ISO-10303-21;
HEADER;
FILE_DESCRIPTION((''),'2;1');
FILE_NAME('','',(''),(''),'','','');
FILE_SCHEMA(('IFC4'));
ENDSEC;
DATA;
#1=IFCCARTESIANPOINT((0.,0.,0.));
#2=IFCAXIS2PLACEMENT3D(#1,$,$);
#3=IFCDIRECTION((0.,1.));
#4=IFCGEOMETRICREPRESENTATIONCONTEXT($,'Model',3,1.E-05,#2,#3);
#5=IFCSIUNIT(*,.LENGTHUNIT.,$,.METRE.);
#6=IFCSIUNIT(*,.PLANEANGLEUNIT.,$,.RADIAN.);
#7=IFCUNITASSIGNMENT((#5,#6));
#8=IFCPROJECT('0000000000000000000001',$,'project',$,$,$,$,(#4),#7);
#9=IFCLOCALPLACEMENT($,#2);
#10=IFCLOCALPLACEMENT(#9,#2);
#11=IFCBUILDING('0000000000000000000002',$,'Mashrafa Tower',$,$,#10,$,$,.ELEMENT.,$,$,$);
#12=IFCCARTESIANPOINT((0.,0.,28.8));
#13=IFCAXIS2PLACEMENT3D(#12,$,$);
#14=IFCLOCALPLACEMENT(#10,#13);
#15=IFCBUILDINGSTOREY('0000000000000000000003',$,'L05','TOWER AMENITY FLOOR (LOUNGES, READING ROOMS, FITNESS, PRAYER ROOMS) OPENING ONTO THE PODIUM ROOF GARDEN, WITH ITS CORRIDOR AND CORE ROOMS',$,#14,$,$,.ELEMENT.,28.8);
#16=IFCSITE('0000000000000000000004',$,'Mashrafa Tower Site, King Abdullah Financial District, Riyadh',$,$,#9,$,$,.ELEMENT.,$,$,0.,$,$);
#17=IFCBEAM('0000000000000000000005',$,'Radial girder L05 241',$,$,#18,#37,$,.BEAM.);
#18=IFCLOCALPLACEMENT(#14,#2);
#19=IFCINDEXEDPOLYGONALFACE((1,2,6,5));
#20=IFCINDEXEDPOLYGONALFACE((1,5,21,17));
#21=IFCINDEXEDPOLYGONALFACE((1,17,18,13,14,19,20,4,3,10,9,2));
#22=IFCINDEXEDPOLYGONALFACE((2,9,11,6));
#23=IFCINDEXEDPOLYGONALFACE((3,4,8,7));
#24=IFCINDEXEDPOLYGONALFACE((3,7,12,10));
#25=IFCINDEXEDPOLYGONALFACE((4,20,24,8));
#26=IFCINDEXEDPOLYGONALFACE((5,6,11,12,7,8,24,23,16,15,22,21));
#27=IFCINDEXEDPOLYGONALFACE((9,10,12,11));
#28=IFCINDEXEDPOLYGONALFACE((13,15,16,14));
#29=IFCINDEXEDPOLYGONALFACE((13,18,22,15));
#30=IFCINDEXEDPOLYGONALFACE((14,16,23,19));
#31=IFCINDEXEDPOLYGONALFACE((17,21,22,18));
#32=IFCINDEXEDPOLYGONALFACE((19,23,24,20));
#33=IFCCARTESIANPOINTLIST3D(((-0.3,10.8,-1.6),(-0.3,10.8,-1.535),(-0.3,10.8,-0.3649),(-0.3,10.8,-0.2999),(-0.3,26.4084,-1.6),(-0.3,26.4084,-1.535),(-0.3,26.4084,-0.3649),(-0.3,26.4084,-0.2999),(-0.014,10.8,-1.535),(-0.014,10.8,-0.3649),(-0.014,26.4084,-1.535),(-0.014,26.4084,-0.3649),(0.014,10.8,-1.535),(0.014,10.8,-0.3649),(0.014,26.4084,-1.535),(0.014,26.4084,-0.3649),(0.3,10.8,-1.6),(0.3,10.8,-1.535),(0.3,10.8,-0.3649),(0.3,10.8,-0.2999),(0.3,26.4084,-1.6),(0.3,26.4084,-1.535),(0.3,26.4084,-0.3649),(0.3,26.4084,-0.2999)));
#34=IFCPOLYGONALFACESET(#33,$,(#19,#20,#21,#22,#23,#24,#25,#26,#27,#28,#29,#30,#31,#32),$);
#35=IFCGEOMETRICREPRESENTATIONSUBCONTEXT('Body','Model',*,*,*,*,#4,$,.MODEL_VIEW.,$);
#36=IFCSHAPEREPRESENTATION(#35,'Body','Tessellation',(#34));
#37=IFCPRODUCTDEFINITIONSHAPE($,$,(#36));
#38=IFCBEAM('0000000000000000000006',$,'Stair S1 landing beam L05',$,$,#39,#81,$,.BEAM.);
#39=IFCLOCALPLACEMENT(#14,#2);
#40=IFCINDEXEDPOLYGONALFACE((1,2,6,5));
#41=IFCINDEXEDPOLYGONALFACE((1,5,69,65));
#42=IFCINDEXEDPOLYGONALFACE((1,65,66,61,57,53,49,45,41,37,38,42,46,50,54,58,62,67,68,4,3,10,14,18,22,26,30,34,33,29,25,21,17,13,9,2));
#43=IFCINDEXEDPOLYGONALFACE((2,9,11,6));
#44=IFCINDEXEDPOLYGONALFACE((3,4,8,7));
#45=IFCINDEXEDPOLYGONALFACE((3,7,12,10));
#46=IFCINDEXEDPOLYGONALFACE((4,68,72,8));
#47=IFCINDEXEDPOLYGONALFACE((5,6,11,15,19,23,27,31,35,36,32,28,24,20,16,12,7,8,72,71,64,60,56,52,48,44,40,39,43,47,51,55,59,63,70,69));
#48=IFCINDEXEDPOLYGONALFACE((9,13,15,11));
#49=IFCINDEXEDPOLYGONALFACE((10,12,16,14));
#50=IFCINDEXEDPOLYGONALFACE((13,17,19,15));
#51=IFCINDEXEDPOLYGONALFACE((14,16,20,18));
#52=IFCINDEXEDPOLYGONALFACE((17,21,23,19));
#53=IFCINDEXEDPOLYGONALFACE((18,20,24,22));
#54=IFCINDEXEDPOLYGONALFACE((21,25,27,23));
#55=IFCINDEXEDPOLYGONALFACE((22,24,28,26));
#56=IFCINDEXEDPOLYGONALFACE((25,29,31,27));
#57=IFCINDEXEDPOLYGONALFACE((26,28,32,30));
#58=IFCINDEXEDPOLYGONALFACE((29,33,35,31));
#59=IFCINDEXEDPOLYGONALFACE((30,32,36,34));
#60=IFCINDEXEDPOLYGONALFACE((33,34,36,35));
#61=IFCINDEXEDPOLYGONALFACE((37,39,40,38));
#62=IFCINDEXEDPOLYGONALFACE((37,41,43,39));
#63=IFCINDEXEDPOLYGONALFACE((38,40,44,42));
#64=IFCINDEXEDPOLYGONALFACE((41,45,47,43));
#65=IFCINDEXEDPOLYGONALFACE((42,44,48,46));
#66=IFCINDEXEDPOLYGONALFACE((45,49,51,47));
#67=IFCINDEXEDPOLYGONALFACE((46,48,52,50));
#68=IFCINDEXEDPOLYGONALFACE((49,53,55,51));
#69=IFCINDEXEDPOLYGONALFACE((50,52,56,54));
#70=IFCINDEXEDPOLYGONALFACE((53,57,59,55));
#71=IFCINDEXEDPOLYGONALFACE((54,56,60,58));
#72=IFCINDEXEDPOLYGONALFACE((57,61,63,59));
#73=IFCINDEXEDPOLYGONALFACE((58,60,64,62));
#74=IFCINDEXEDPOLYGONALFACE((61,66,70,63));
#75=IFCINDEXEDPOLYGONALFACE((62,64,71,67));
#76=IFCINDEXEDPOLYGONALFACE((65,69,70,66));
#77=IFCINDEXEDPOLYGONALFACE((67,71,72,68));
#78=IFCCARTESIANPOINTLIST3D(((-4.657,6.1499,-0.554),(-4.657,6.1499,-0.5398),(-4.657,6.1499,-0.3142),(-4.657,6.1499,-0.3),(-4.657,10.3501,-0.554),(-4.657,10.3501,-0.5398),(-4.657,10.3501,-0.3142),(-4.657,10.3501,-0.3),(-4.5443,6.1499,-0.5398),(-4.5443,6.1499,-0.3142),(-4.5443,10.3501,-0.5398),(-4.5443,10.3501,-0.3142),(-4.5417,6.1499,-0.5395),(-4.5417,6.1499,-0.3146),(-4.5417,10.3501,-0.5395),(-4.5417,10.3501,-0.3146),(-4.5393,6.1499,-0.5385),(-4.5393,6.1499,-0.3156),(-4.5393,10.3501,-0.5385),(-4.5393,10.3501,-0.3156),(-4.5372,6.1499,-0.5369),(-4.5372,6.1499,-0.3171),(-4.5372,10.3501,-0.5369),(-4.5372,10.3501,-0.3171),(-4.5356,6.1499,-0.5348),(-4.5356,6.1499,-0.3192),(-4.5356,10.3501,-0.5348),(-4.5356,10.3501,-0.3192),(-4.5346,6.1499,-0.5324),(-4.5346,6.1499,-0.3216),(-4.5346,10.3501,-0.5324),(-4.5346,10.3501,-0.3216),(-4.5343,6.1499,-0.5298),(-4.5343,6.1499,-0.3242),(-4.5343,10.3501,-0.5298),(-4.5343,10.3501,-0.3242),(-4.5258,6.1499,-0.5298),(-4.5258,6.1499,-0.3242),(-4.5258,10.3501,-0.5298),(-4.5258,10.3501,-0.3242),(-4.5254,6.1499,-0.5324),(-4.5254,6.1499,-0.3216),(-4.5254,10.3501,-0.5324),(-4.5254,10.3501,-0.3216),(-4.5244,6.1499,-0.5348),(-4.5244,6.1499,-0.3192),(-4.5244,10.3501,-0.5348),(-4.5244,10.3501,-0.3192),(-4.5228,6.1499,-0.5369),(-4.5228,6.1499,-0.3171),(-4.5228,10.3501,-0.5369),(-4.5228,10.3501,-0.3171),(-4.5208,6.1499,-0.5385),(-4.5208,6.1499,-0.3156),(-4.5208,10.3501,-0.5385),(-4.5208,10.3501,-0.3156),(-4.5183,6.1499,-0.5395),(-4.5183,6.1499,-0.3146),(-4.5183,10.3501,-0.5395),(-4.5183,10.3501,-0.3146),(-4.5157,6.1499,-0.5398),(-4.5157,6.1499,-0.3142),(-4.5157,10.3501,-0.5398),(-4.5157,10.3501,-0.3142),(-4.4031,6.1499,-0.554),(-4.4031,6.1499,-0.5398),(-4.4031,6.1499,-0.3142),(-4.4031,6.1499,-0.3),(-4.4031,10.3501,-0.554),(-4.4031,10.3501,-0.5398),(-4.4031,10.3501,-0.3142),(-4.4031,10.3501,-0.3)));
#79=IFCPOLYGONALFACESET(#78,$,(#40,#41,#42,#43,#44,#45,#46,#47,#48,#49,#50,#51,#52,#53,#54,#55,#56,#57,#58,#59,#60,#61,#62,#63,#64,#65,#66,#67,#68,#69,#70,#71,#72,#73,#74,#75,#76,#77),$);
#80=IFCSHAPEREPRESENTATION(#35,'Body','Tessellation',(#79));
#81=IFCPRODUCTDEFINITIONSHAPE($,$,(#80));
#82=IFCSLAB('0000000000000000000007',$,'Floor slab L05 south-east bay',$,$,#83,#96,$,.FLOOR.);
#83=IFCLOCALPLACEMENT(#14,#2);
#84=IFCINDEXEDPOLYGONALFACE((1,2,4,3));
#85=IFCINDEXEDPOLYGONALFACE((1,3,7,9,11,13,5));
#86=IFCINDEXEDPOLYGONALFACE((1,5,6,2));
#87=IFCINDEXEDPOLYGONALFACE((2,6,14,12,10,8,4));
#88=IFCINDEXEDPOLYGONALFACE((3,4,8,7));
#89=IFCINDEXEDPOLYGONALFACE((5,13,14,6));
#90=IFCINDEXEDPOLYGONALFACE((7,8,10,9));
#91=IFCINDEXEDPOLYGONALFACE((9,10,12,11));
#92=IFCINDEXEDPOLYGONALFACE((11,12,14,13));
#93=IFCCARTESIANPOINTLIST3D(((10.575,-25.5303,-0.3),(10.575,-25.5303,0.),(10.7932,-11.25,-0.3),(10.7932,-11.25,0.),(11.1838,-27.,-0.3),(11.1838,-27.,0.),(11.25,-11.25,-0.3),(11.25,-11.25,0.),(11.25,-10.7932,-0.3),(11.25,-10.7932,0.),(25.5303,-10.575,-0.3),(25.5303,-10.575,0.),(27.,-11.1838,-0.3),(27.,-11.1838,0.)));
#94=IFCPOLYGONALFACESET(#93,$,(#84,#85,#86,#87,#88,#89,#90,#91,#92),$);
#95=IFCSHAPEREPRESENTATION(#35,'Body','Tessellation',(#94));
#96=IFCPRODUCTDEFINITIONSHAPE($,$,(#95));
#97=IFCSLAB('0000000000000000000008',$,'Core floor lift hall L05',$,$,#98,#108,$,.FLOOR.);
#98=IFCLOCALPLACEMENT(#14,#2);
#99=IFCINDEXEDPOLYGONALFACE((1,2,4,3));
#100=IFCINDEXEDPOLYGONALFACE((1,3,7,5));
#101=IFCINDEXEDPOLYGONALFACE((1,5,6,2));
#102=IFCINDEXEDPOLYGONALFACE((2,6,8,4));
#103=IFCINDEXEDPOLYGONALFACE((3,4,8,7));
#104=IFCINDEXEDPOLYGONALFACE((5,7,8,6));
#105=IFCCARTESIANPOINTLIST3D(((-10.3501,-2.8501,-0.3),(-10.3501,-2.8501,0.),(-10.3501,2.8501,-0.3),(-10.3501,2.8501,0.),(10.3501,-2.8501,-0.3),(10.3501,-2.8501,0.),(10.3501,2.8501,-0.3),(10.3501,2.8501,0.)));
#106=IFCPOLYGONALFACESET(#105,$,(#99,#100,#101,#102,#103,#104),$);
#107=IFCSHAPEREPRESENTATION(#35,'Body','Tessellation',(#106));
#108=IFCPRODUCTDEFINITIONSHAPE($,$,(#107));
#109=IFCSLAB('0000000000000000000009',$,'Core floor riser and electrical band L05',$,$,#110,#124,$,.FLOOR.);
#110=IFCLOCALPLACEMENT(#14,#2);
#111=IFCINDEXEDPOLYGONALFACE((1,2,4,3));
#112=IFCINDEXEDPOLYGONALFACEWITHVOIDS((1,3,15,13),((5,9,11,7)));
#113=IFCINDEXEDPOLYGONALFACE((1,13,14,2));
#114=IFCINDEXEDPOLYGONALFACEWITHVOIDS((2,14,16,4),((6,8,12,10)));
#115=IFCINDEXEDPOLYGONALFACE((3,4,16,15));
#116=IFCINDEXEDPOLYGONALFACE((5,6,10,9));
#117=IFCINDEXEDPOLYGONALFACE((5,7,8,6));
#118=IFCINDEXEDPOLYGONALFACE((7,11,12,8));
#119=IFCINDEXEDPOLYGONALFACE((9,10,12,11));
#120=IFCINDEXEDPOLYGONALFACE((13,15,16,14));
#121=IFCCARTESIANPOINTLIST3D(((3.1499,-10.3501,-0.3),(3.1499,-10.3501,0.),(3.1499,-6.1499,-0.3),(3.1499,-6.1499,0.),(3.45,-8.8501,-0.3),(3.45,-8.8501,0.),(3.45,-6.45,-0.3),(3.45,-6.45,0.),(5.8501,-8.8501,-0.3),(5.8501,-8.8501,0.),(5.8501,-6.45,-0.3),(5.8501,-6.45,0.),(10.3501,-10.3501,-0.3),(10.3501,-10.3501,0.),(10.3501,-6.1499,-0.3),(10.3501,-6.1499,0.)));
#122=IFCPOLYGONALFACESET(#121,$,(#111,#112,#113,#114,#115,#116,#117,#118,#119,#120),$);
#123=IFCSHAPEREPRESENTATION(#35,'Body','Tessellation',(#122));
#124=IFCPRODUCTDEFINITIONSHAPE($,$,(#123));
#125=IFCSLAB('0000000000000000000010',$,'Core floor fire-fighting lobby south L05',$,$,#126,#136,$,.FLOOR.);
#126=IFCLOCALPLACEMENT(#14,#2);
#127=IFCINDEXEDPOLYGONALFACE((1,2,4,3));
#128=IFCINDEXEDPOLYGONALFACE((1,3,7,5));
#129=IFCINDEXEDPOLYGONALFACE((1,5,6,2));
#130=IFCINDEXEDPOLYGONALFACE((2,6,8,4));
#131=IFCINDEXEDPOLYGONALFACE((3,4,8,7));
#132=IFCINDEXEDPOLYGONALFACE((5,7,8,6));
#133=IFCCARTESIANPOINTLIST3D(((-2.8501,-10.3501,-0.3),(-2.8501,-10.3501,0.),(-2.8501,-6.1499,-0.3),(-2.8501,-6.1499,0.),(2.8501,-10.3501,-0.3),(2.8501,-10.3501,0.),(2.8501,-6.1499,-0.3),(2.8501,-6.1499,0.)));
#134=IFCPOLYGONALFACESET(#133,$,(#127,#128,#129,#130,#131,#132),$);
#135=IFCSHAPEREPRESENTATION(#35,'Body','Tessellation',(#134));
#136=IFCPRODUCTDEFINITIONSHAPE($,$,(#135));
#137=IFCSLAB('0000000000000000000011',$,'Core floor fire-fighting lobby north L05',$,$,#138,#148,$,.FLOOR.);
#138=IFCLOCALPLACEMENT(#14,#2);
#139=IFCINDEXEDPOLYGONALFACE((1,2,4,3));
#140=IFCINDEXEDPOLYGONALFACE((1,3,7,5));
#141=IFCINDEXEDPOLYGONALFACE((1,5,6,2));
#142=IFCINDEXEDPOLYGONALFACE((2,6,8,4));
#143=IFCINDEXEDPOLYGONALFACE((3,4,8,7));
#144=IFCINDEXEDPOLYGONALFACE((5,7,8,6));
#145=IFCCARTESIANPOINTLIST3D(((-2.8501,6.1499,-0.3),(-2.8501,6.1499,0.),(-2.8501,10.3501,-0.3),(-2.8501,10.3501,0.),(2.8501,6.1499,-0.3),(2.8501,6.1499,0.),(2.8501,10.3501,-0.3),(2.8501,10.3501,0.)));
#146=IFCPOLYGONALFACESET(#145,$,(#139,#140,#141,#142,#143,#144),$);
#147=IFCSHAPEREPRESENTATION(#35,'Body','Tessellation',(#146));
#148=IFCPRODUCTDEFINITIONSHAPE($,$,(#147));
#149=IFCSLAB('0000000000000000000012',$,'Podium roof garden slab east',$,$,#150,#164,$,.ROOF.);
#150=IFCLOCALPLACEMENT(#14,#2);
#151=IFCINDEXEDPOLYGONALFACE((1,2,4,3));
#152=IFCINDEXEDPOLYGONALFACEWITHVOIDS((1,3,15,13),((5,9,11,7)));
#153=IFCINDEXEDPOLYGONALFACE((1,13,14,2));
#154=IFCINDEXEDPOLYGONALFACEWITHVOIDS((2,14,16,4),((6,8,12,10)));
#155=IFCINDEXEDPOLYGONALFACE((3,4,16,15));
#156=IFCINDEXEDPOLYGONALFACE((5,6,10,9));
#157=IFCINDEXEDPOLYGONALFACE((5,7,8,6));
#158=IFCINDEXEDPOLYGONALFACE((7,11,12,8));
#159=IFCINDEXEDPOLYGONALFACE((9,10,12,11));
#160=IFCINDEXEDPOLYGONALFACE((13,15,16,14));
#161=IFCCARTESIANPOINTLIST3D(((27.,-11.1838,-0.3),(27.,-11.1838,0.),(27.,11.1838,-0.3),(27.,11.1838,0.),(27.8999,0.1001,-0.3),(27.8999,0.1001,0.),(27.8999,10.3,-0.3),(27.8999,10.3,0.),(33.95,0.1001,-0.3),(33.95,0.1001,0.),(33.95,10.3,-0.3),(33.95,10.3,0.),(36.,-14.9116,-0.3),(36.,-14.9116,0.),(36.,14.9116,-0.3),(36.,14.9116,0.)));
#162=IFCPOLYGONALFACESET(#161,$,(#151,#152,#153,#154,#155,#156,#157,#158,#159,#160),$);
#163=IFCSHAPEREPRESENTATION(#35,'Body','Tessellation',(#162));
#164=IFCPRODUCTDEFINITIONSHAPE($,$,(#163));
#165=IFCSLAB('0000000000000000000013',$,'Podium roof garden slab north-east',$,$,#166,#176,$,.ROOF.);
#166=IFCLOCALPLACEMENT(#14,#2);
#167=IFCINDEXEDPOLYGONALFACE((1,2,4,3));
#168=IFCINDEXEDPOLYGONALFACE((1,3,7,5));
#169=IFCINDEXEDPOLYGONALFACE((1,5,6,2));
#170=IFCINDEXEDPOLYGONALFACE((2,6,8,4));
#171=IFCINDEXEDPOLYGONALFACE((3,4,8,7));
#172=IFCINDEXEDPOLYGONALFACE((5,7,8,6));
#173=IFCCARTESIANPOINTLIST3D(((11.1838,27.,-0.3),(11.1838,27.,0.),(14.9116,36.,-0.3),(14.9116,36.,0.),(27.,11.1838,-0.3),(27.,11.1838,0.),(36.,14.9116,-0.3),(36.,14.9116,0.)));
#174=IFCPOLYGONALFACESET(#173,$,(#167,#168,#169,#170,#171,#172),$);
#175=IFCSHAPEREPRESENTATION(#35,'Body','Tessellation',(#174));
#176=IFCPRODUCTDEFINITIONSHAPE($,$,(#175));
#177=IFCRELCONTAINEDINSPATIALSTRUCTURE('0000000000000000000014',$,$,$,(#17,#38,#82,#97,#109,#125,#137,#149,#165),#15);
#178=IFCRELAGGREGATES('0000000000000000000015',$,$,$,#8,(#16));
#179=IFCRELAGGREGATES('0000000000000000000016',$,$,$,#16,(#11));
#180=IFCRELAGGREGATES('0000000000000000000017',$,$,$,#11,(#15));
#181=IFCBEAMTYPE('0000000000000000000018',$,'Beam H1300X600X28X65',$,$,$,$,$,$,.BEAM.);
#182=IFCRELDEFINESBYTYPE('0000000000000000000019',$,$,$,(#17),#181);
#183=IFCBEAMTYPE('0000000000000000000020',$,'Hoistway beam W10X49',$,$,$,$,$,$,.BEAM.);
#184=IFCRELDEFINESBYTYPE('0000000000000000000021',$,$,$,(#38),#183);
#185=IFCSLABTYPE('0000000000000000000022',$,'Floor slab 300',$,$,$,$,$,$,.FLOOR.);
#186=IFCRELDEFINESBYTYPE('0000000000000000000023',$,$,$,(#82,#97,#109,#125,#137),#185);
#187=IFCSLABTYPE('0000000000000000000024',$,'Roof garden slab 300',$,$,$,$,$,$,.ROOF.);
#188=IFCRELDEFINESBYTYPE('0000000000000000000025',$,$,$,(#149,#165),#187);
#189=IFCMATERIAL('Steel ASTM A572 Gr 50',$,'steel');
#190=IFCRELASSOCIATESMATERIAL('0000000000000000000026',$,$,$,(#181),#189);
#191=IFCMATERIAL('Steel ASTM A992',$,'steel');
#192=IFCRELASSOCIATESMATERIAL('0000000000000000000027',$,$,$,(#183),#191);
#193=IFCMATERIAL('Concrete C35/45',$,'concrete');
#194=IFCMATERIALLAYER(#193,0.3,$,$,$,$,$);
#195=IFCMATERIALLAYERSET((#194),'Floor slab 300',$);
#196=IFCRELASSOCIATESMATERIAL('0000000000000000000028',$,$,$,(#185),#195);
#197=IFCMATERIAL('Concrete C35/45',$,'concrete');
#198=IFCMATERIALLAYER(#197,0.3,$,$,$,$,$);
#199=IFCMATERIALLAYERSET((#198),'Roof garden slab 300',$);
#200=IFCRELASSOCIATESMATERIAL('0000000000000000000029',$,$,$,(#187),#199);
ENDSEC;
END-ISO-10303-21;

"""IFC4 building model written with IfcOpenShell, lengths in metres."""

from ifc_helpers import new_model, si_unit, direction, frame, origin, origin_2d, place, context, subcontext, project, spatial, polyline, i_section, outline, extrude, material, layer, layer_set, material_profile, profile_set, type_object, element, save


model = new_model("IFC4")

# Units and contexts
model_context = context("Model", 3, precision=1e-05, world=origin(), true_north=direction((0.0, 1.0)))
body_context = subcontext(model_context, "Body", "Model", "MODEL_VIEW")
ifc_project = project(units=[si_unit("LENGTHUNIT", "METRE"), si_unit("PLANEANGLEUNIT", "RADIAN")], contexts=[model_context])

# Site, building, storey
site_placement = place(None, origin())
site = spatial("IfcSite", under=ifc_project, at=site_placement, Name="Mashrafa Tower Site, King Abdullah Financial District, Riyadh", CompositionType="ELEMENT", RefElevation=0.0)
building_placement = place(site_placement, origin())
building = spatial("IfcBuilding", under=site, at=building_placement, Name="Mashrafa Tower", CompositionType="ELEMENT")
storey_placement = place(building_placement, frame((0.0, 0.0, 28.8)))
storey = spatial("IfcBuildingStorey", under=building, at=storey_placement, Name="L05", Description="TOWER AMENITY FLOOR (LOUNGES, READING ROOMS, FITNESS, PRAYER ROOMS) OPENING ONTO THE PODIUM ROOF GARDEN, WITH ITS CORRIDOR AND CORE ROOMS", CompositionType="ELEMENT", Elevation=28.8)

# Beams
ifc_material_1 = material(Name="Steel ASTM A572 Gr 50", Category="steel")
ifc_material_profile_1 = material_profile(ifc_material_1, i_section(OverallWidth=0.6001, OverallDepth=1.3, WebThickness=0.0281, FlangeThickness=0.0649, at=origin_2d()), Name="H1300X600X28X65")
ifc_profile_set_1 = profile_set([ifc_material_profile_1], Name="Steel ASTM A572 Gr 50")
beam_type_1 = type_object("IfcBeamType", Name="Beam H1300X600X28X65", PredefinedType="BEAM", material=ifc_profile_set_1)
beam_1_placement = place(storey_placement, frame((0.0, 10.8, -0.95), z_axis=(0.0, 1.0, 0.0), x_axis=(-1.0, 0.0, 0.0)))
element("IfcBeam", 1, at=beam_1_placement, inside=storey, type_object=beam_type_1, Name="Radial girder L05 241", PredefinedType="BEAM", context=body_context, shape_type="SweptSolid", body=[
    extrude(i_section(OverallWidth=0.6001, OverallDepth=1.3, WebThickness=0.0281, FlangeThickness=0.0649, at=origin_2d()), origin(), (0.0, 0.0, 1.0), 15.6084),
])
ifc_material_2 = material(Name="Steel ASTM A992", Category="steel")
ifc_material_profile_2 = material_profile(ifc_material_2, i_section(OverallWidth=0.2539, OverallDepth=0.2539, WebThickness=0.0085, FlangeThickness=0.0142, FilletRadius=0.01, at=origin_2d()), Name="W10X49")
ifc_profile_set_2 = profile_set([ifc_material_profile_2], Name="Steel ASTM A992")
beam_type_2 = type_object("IfcBeamType", Name="Hoistway beam W10X49", PredefinedType="BEAM", material=ifc_profile_set_2)
beam_2_placement = place(storey_placement, frame((-4.53, 6.1499, -0.427), z_axis=(0.0, 1.0, 0.0), x_axis=(-1.0, 0.0, 0.0)))
element("IfcBeam", 2, at=beam_2_placement, inside=storey, type_object=beam_type_2, Name="Stair S1 landing beam L05", PredefinedType="BEAM", context=body_context, shape_type="SweptSolid", body=[
    extrude(i_section(OverallWidth=0.2539, OverallDepth=0.2539, WebThickness=0.0085, FlangeThickness=0.0142, FilletRadius=0.01, at=origin_2d()), origin(), (0.0, 0.0, 1.0), 4.2002),
])

# Slabs
ifc_material_3 = material(Name="Concrete C35/45", Category="concrete")
ifc_layer_1 = layer(ifc_material_3, 0.3)
ifc_layer_set_1 = layer_set([ifc_layer_1], Name="Floor slab 300")
slab_type_1 = type_object("IfcSlabType", Name="Floor slab 300", PredefinedType="FLOOR", material=ifc_layer_set_1)
slab_1_placement = place(storey_placement, frame((0.0, 0.0, -0.3)))
element("IfcSlab", 3, at=slab_1_placement, inside=storey, type_object=slab_type_1, Name="Floor slab L05 south-east bay", PredefinedType="FLOOR", context=body_context, shape_type="SweptSolid", body=[
    extrude(outline(polyline([(11.1838, -27.0), (10.575, -25.5303), (10.7932, -11.25), (11.25, -11.25), (11.25, -10.7932), (25.5303, -10.575), (27.0, -11.1838), (11.1838, -27.0)])), origin(), (0.0, 0.0, 1.0), 0.3),
])
slab_2_placement = place(storey_placement, frame((0.0, 0.0, -0.3)))
element("IfcSlab", 4, at=slab_2_placement, inside=storey, type_object=slab_type_1, Name="Core floor lift hall L05", PredefinedType="FLOOR", context=body_context, shape_type="SweptSolid", body=[
    extrude(outline(polyline([(-10.3501, 2.8501), (10.3501, 2.8501), (10.3501, -2.8501), (-10.3501, -2.8501), (-10.3501, 2.8501)])), origin(), (0.0, 0.0, 1.0), 0.3),
])
slab_3_placement = place(storey_placement, frame((0.0, 0.0, -0.3)))
element("IfcSlab", 5, at=slab_3_placement, inside=storey, type_object=slab_type_1, Name="Core floor riser and electrical band L05", PredefinedType="FLOOR", context=body_context, shape_type="SweptSolid", body=[
    extrude(outline(polyline([(10.3501, -6.1499), (10.3501, -10.3501), (3.1499, -10.3501), (3.1499, -6.1499), (10.3501, -6.1499)]), holes=[polyline([(3.45, -8.8501), (5.8501, -8.8501), (5.8501, -6.45), (3.45, -6.45), (3.45, -8.8501)])]), origin(), (0.0, 0.0, 1.0), 0.3),
])
slab_4_placement = place(storey_placement, frame((0.0, 0.0, -0.3)))
element("IfcSlab", 6, at=slab_4_placement, inside=storey, type_object=slab_type_1, Name="Core floor fire-fighting lobby south L05", PredefinedType="FLOOR", context=body_context, shape_type="SweptSolid", body=[
    extrude(outline(polyline([(2.8501, -6.1499), (2.8501, -10.3501), (-2.8501, -10.3501), (-2.8501, -6.1499), (2.8501, -6.1499)])), origin(), (0.0, 0.0, 1.0), 0.3),
])
slab_5_placement = place(storey_placement, frame((0.0, 0.0, -0.3)))
element("IfcSlab", 7, at=slab_5_placement, inside=storey, type_object=slab_type_1, Name="Core floor fire-fighting lobby north L05", PredefinedType="FLOOR", context=body_context, shape_type="SweptSolid", body=[
    extrude(outline(polyline([(-2.8501, 10.3501), (2.8501, 10.3501), (2.8501, 6.1499), (-2.8501, 6.1499), (-2.8501, 10.3501)])), origin(), (0.0, 0.0, 1.0), 0.3),
])
ifc_material_4 = material(Name="Concrete C35/45", Category="concrete")
ifc_layer_2 = layer(ifc_material_4, 0.3)
ifc_layer_set_2 = layer_set([ifc_layer_2], Name="Roof garden slab 300")
slab_type_2 = type_object("IfcSlabType", Name="Roof garden slab 300", PredefinedType="ROOF", material=ifc_layer_set_2)
slab_6_placement = place(storey_placement, frame((0.0, 0.0, -0.3)))
element("IfcSlab", 8, at=slab_6_placement, inside=storey, type_object=slab_type_2, Name="Podium roof garden slab east", PredefinedType="ROOF", context=body_context, shape_type="SweptSolid", body=[
    extrude(outline(polyline([(36.0, 14.9116), (36.0, -14.9116), (36.0, -14.9116), (27.0, -11.1838), (27.0, 11.1838), (36.0, 14.9116)]), holes=[polyline([(33.95, 10.3), (27.8999, 10.3), (27.8999, 0.1001), (33.95, 0.1001), (33.95, 10.3)])]), origin(), (0.0, 0.0, 1.0), 0.3),
])
slab_7_placement = place(storey_placement, frame((0.0, 0.0, -0.3)))
element("IfcSlab", 9, at=slab_7_placement, inside=storey, type_object=slab_type_2, Name="Podium roof garden slab north-east", PredefinedType="ROOF", context=body_context, shape_type="SweptSolid", body=[
    extrude(outline(polyline([(36.0, 14.9116), (27.0, 11.1838), (11.1838, 27.0), (14.9116, 36.0), (36.0, 14.9116)])), origin(), (0.0, 0.0, 1.0), 0.3),
])

save(model, "model.ifc")
